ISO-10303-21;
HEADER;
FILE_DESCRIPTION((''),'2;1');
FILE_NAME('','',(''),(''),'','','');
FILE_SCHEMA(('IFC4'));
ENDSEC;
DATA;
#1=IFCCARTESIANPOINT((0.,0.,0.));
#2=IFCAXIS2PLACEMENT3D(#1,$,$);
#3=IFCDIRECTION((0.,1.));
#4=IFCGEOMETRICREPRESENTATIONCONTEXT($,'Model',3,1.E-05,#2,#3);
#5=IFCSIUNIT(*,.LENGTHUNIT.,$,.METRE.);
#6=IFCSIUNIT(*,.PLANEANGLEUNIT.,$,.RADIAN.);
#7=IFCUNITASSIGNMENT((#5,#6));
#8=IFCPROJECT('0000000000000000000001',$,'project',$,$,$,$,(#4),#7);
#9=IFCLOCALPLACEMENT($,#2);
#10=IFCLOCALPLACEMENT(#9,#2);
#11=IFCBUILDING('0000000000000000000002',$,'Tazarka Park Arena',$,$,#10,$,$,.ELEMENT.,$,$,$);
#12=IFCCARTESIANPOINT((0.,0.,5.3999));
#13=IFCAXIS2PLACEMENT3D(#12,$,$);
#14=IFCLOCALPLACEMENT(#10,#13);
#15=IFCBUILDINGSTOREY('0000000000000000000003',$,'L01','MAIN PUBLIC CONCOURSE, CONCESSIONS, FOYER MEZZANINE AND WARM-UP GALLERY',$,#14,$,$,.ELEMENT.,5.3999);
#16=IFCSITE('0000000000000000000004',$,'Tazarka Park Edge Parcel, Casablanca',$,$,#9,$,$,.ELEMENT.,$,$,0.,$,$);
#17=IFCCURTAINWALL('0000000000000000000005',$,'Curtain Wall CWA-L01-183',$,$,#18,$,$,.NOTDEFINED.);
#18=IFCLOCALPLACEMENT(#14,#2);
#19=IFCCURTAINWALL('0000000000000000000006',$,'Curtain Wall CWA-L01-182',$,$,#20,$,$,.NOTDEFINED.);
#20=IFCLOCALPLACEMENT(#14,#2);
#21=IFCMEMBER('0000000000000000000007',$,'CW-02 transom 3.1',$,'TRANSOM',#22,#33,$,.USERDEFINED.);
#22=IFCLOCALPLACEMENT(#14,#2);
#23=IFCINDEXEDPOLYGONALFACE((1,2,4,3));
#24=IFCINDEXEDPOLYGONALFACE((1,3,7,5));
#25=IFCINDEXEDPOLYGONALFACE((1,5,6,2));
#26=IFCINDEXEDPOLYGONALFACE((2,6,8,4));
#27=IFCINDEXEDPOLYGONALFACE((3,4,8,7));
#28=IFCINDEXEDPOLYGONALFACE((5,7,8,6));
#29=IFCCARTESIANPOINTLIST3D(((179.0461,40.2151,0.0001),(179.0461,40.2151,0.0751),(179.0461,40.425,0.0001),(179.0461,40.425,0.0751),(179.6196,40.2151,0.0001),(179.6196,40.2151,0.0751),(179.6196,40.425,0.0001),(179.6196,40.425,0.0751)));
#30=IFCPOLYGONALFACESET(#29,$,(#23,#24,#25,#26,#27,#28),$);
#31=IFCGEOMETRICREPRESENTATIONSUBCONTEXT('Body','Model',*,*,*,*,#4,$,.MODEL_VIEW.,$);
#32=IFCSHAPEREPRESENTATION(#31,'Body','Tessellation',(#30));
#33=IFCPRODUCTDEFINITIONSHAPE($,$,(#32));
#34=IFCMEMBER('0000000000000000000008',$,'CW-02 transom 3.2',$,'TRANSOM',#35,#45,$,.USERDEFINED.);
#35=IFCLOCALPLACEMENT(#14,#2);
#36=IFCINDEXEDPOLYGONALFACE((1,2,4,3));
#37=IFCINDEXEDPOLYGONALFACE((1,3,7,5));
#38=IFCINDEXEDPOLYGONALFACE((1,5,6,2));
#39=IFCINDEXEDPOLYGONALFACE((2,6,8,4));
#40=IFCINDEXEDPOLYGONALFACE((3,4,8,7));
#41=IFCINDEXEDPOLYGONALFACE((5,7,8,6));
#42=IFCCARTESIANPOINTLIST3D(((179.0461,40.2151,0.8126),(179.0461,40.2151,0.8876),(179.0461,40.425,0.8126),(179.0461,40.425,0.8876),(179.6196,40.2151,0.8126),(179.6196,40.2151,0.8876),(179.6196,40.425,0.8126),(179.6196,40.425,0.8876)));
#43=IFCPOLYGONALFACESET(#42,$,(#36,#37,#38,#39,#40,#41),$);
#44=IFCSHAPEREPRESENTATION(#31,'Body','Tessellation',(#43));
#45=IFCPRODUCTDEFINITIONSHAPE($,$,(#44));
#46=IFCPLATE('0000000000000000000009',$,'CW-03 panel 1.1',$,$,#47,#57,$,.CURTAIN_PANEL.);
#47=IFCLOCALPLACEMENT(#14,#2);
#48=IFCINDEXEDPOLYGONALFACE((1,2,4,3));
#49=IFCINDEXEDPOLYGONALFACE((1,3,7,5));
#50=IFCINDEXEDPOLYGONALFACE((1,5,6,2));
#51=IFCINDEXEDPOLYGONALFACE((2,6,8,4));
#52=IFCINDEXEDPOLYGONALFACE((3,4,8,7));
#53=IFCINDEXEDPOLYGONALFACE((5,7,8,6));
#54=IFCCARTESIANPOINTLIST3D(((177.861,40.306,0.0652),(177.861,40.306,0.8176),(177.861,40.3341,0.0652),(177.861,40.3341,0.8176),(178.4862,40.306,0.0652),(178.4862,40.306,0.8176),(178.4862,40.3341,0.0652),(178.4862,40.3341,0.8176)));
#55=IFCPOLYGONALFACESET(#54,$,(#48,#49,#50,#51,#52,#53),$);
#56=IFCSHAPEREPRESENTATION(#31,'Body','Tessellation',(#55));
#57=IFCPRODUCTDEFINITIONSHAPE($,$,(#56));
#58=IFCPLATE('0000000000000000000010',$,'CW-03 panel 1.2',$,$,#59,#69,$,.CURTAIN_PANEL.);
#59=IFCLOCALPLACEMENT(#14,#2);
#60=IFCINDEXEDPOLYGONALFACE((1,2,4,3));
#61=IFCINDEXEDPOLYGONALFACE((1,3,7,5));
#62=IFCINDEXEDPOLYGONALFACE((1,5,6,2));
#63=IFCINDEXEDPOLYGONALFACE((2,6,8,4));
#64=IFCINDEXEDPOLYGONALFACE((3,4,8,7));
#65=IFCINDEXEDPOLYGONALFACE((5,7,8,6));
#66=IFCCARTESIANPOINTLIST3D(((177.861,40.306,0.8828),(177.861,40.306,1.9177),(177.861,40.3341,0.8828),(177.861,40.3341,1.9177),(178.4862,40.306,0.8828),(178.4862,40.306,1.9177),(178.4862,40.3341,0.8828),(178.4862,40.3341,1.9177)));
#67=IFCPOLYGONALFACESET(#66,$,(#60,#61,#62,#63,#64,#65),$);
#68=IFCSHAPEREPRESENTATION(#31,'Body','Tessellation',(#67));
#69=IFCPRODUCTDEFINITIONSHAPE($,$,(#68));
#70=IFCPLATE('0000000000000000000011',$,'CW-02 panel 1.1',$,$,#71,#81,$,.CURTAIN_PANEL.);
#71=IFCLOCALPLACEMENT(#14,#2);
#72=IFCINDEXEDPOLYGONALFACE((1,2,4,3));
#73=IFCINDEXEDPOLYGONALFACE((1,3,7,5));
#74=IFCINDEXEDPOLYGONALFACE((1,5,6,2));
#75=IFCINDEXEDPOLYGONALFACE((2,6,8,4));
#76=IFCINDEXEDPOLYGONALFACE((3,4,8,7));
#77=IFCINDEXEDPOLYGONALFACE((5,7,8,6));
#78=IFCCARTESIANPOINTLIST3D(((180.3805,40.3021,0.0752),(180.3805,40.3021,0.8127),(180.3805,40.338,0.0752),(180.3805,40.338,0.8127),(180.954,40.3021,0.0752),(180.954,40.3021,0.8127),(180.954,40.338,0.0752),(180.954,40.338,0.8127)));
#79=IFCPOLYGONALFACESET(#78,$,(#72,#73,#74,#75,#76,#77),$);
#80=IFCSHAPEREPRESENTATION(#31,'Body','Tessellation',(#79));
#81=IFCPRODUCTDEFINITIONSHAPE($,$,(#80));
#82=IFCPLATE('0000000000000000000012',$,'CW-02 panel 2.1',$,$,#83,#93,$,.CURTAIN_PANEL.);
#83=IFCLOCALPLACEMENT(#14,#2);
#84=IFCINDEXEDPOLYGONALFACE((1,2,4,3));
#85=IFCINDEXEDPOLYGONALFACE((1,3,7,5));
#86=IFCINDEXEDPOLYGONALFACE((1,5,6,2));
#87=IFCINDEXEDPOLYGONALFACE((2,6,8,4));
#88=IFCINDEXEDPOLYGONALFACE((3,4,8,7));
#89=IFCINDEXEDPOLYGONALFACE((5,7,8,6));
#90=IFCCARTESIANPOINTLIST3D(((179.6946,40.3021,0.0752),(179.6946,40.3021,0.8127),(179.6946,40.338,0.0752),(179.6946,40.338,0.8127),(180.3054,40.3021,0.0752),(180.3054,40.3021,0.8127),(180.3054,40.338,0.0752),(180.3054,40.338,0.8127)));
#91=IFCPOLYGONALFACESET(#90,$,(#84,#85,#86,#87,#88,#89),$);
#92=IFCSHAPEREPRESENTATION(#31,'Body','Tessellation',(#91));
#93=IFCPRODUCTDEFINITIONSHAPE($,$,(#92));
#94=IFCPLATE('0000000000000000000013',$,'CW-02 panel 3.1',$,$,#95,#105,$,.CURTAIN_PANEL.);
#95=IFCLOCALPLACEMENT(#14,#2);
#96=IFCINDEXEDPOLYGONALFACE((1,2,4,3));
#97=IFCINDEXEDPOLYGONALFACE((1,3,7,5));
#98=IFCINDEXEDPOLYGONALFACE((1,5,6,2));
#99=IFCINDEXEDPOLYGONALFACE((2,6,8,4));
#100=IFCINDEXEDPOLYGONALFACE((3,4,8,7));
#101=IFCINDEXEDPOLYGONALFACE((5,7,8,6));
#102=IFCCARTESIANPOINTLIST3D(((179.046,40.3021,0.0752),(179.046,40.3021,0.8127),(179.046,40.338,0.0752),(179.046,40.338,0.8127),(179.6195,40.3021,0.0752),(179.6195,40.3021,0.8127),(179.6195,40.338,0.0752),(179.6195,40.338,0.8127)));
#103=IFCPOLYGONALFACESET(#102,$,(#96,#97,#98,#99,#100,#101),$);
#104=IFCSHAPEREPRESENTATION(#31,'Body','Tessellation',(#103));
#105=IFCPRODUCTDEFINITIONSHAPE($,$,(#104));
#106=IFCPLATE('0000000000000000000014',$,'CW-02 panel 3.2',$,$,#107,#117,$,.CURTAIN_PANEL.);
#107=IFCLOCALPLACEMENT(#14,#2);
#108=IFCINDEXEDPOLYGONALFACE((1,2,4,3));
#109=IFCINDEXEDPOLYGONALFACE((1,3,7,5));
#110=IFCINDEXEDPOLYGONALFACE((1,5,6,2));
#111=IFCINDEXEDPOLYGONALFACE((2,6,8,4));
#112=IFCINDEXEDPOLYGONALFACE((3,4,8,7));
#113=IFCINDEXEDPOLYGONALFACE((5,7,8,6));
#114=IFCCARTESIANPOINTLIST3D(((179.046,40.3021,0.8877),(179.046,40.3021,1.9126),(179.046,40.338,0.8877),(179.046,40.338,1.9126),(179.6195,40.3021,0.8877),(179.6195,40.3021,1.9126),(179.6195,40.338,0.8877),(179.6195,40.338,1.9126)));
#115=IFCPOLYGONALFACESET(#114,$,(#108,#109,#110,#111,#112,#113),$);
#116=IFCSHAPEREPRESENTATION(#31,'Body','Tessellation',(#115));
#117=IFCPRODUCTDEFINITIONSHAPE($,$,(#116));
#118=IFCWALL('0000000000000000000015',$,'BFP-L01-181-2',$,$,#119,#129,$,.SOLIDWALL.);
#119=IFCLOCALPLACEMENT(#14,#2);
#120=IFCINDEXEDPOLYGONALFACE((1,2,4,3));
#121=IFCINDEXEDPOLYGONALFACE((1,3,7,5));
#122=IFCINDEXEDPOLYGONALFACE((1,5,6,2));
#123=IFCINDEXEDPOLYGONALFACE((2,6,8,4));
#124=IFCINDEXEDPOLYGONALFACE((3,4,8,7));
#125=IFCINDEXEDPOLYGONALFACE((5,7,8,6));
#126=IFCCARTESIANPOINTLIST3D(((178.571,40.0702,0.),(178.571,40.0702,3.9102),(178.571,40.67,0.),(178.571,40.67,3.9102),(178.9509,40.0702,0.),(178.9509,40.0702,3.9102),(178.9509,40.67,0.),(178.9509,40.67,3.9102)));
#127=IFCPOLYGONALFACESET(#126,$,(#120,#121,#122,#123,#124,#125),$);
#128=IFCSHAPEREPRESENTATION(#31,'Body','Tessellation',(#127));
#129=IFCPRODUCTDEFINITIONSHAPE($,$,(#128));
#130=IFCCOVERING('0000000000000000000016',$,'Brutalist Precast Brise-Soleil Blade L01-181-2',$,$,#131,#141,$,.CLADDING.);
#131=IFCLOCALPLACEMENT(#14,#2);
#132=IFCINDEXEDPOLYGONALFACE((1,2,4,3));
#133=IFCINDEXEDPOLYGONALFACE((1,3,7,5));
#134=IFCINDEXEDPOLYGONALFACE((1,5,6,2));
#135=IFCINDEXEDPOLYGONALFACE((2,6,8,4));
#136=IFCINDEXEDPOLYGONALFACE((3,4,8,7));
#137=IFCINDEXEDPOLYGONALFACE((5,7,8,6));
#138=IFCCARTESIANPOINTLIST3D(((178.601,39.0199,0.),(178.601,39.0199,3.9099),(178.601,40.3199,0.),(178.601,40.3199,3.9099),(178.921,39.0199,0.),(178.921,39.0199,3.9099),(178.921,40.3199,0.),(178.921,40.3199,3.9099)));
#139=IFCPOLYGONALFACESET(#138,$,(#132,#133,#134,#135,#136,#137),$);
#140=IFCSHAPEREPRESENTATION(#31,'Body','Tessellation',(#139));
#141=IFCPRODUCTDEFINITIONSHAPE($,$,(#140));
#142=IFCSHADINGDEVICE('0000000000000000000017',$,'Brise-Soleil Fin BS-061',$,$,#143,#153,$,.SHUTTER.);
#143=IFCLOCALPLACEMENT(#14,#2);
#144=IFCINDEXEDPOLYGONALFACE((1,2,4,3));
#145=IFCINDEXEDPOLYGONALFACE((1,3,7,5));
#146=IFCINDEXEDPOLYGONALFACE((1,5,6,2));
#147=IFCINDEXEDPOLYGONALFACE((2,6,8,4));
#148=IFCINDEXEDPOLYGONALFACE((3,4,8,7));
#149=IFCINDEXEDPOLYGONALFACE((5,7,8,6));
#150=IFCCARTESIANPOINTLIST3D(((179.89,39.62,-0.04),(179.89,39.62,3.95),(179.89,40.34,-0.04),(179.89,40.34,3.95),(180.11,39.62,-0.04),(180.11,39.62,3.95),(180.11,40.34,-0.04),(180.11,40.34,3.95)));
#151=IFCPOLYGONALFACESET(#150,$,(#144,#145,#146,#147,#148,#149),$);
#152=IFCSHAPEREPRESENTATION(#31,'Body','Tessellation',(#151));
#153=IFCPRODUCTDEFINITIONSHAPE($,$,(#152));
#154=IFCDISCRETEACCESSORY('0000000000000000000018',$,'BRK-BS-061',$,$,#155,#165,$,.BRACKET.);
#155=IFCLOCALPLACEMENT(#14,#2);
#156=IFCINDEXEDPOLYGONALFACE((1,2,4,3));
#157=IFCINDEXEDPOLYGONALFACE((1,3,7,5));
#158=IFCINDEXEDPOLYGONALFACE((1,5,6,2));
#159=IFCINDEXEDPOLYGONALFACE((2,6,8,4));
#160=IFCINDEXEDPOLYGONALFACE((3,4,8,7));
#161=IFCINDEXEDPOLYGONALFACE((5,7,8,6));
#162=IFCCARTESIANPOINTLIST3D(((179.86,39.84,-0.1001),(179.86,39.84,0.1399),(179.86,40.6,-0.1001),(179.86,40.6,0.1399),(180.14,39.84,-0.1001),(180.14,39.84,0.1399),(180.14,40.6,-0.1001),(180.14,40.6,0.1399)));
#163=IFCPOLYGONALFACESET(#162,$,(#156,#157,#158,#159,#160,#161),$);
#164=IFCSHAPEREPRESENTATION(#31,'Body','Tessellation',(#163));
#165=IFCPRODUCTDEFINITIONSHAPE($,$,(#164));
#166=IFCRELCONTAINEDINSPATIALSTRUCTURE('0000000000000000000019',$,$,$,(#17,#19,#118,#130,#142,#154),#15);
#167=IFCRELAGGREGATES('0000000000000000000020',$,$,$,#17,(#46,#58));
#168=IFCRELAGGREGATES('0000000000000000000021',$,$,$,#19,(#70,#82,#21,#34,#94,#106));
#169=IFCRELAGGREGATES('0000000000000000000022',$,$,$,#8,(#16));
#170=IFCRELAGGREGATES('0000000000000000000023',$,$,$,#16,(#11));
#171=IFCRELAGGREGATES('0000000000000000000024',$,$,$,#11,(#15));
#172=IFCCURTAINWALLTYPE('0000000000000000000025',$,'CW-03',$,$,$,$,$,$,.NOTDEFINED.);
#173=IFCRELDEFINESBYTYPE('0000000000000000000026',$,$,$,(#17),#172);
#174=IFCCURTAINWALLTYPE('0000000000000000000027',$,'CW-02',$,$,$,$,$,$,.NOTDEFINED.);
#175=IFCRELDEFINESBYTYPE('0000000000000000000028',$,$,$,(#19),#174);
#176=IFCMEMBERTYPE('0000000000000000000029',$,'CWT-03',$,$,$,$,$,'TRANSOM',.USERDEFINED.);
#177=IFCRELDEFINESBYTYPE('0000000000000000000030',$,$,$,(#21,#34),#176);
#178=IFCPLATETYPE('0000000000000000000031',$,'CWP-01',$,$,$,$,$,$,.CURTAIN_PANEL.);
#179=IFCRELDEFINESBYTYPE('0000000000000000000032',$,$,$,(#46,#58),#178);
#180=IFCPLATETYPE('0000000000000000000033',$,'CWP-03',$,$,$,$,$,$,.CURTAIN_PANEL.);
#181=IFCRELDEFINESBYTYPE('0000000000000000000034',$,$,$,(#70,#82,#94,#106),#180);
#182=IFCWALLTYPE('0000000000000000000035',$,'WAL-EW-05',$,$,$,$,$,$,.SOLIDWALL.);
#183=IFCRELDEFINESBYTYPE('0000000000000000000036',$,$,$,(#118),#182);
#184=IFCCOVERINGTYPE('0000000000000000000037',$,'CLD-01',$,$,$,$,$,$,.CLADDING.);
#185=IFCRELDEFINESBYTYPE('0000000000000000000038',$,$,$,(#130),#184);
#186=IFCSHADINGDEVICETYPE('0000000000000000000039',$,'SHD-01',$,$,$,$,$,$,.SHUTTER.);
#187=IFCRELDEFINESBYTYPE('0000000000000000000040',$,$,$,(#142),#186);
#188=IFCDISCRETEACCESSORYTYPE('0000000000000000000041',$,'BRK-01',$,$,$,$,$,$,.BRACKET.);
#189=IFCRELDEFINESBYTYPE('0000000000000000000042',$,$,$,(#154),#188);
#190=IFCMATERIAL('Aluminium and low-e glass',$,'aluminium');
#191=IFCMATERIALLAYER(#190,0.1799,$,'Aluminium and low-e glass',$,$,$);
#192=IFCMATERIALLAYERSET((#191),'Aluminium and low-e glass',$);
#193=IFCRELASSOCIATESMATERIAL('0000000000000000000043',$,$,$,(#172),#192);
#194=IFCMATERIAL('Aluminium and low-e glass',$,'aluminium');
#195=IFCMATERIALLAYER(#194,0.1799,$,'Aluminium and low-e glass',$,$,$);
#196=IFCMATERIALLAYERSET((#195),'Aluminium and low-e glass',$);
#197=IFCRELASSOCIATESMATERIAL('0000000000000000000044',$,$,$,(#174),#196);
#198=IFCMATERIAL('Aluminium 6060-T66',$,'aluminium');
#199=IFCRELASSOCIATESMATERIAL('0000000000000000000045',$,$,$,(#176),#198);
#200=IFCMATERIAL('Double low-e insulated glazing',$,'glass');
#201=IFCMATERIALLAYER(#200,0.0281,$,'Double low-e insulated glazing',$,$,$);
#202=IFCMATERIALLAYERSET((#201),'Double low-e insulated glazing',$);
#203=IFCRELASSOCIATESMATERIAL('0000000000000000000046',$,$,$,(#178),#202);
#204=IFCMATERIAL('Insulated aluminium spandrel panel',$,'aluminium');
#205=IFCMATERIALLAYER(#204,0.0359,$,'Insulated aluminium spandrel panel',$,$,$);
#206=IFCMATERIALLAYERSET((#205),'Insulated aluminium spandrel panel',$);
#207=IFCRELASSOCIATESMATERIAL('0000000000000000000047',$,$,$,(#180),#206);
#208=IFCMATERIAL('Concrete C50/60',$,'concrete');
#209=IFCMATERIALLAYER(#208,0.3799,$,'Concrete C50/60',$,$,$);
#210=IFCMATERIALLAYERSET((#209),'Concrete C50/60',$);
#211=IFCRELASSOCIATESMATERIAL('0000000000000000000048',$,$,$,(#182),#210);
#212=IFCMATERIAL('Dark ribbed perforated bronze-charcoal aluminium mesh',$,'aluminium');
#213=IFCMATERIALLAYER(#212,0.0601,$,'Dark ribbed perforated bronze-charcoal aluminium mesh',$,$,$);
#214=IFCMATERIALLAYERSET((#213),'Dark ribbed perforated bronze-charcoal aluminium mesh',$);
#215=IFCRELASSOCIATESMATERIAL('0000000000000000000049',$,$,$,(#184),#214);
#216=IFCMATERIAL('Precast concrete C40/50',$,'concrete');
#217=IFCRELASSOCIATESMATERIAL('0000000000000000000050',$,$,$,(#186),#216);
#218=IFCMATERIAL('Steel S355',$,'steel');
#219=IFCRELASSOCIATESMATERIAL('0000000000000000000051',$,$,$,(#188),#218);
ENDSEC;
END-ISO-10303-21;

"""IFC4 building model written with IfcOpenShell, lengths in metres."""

from ifc_helpers import new_model, si_unit, direction, frame, frame_2d, origin, origin_2d, place, context, subcontext, project, spatial, rectangle, extrude, material, layer, layer_set, material_profile, profile_set, type_object, element, aggregate, save


model = new_model("IFC4")

# Units and contexts
model_context = context("Model", 3, precision=1e-05, world=origin(), true_north=direction((0.0, 1.0)))
body_context = subcontext(model_context, "Body", "Model", "MODEL_VIEW")
ifc_project = project(units=[si_unit("LENGTHUNIT", "METRE"), si_unit("PLANEANGLEUNIT", "RADIAN")], contexts=[model_context])

# Site, building, storey
site_placement = place(None, origin())
site = spatial("IfcSite", under=ifc_project, at=site_placement, Name="Tazarka Park Edge Parcel, Casablanca", CompositionType="ELEMENT", RefElevation=0.0)
building_placement = place(site_placement, origin())
building = spatial("IfcBuilding", under=site, at=building_placement, Name="Tazarka Park Arena", CompositionType="ELEMENT")
storey_placement = place(building_placement, frame((0.0, 0.0, 5.3999)))
storey = spatial("IfcBuildingStorey", under=building, at=storey_placement, Name="L01", Description="MAIN PUBLIC CONCOURSE, CONCESSIONS, FOYER MEZZANINE AND WARM-UP GALLERY", CompositionType="ELEMENT", Elevation=5.3999)

# Curtain walls
ifc_material_1 = material(Name="Aluminium and low-e glass", Category="aluminium")
ifc_layer_1 = layer(ifc_material_1, 0.1799, Name="Aluminium and low-e glass")
ifc_layer_set_1 = layer_set([ifc_layer_1], Name="Aluminium and low-e glass")
curtain_wall_type_1 = type_object("IfcCurtainWallType", Name="CW-03", PredefinedType="NOTDEFINED", material=ifc_layer_set_1)
curtain_wall_1_placement = place(storey_placement, origin())
curtain_wall_1 = element("IfcCurtainWall", 1, at=curtain_wall_1_placement, inside=storey, type_object=curtain_wall_type_1, Name="Curtain Wall CWA-L01-183", PredefinedType="NOTDEFINED")
ifc_material_2 = material(Name="Aluminium and low-e glass", Category="aluminium")
ifc_layer_2 = layer(ifc_material_2, 0.1799, Name="Aluminium and low-e glass")
ifc_layer_set_2 = layer_set([ifc_layer_2], Name="Aluminium and low-e glass")
curtain_wall_type_2 = type_object("IfcCurtainWallType", Name="CW-02", PredefinedType="NOTDEFINED", material=ifc_layer_set_2)
curtain_wall_2_placement = place(storey_placement, origin())
curtain_wall_2 = element("IfcCurtainWall", 2, at=curtain_wall_2_placement, inside=storey, type_object=curtain_wall_type_2, Name="Curtain Wall CWA-L01-182", PredefinedType="NOTDEFINED")

# Members
ifc_material_3 = material(Name="Aluminium 6060-T66", Category="aluminium")
ifc_material_profile_1 = material_profile(ifc_material_3, rectangle(XDim=0.21, YDim=0.075, at=origin_2d()), Name="Aluminium 6060-T66")
ifc_profile_set_1 = profile_set([ifc_material_profile_1], Name="Aluminium 6060-T66")
member_type_1 = type_object("IfcMemberType", Name="CWT-03", ElementType="TRANSOM", PredefinedType="USERDEFINED", material=ifc_profile_set_1)
member_1_placement = place(storey_placement, frame((179.6196, 40.3201, 0.0376), z_axis=(-1.0, 0.0, 0.0), x_axis=(0.0, -1.0, 0.0)))
member_1 = element("IfcMember", 3, at=member_1_placement, type_object=member_type_1, Name="CW-02 transom 3.1", ObjectType="TRANSOM", PredefinedType="USERDEFINED", context=body_context, shape_type="SweptSolid", body=[
    extrude(rectangle(XDim=0.21, YDim=0.075, at=origin_2d()), origin(), (0.0, 0.0, 1.0), 0.5735),
])
member_2_placement = place(storey_placement, frame((179.6196, 40.3201, 0.8501), z_axis=(-1.0, 0.0, 0.0), x_axis=(0.0, -1.0, 0.0)))
member_2 = element("IfcMember", 4, at=member_2_placement, type_object=member_type_1, Name="CW-02 transom 3.2", ObjectType="TRANSOM", PredefinedType="USERDEFINED", context=body_context, shape_type="SweptSolid", body=[
    extrude(rectangle(XDim=0.21, YDim=0.075, at=origin_2d()), origin(), (0.0, 0.0, 1.0), 0.5735),
])

# Plates
ifc_material_4 = material(Name="Double low-e insulated glazing", Category="glass")
ifc_layer_3 = layer(ifc_material_4, 0.0281, Name="Double low-e insulated glazing")
ifc_layer_set_3 = layer_set([ifc_layer_3], Name="Double low-e insulated glazing")
plate_type_1 = type_object("IfcPlateType", Name="CWP-01", PredefinedType="CURTAIN_PANEL", material=ifc_layer_set_3)
plate_1_placement = place(storey_placement, frame((178.1736, 40.3201, 0.0652), z_axis=(0.0, 0.0, 1.0), x_axis=(-1.0, 0.0, 0.0)))
plate_1 = element("IfcPlate", 5, at=plate_1_placement, type_object=plate_type_1, Name="CW-03 panel 1.1", PredefinedType="CURTAIN_PANEL", context=body_context, shape_type="SweptSolid", body=[
    extrude(rectangle(XDim=0.6252, YDim=0.0281, at=origin_2d()), origin(), (0.0, 0.0, 1.0), 0.7524),
])
plate_2_placement = place(storey_placement, frame((178.1736, 40.3201, 0.8828), z_axis=(0.0, 0.0, 1.0), x_axis=(-1.0, 0.0, 0.0)))
plate_2 = element("IfcPlate", 6, at=plate_2_placement, type_object=plate_type_1, Name="CW-03 panel 1.2", PredefinedType="CURTAIN_PANEL", context=body_context, shape_type="SweptSolid", body=[
    extrude(rectangle(XDim=0.6252, YDim=0.0281, at=origin_2d()), origin(), (0.0, 0.0, 1.0), 1.0349),
])
aggregate(curtain_wall_1, [plate_1, plate_2])
ifc_material_5 = material(Name="Insulated aluminium spandrel panel", Category="aluminium")
ifc_layer_4 = layer(ifc_material_5, 0.0359, Name="Insulated aluminium spandrel panel")
ifc_layer_set_4 = layer_set([ifc_layer_4], Name="Insulated aluminium spandrel panel")
plate_type_2 = type_object("IfcPlateType", Name="CWP-03", PredefinedType="CURTAIN_PANEL", material=ifc_layer_set_4)
plate_3_placement = place(storey_placement, frame((180.6672, 40.3201, 0.0752), z_axis=(0.0, 0.0, 1.0), x_axis=(-1.0, 0.0, 0.0)))
plate_3 = element("IfcPlate", 7, at=plate_3_placement, type_object=plate_type_2, Name="CW-02 panel 1.1", PredefinedType="CURTAIN_PANEL", context=body_context, shape_type="SweptSolid", body=[
    extrude(rectangle(XDim=0.5735, YDim=0.0359, at=origin_2d()), origin(), (0.0, 0.0, 1.0), 0.7375),
])
plate_4_placement = place(storey_placement, frame((180.0, 40.3201, 0.0752), z_axis=(0.0, 0.0, 1.0), x_axis=(-1.0, 0.0, 0.0)))
plate_4 = element("IfcPlate", 8, at=plate_4_placement, type_object=plate_type_2, Name="CW-02 panel 2.1", PredefinedType="CURTAIN_PANEL", context=body_context, shape_type="SweptSolid", body=[
    extrude(rectangle(XDim=0.6108, YDim=0.0359, at=origin_2d()), origin(), (0.0, 0.0, 1.0), 0.7375),
])
plate_5_placement = place(storey_placement, frame((179.3328, 40.3201, 0.0752), z_axis=(0.0, 0.0, 1.0), x_axis=(-1.0, 0.0, 0.0)))
plate_5 = element("IfcPlate", 9, at=plate_5_placement, type_object=plate_type_2, Name="CW-02 panel 3.1", PredefinedType="CURTAIN_PANEL", context=body_context, shape_type="SweptSolid", body=[
    extrude(rectangle(XDim=0.5735, YDim=0.0359, at=origin_2d()), origin(), (0.0, 0.0, 1.0), 0.7375),
])
plate_6_placement = place(storey_placement, frame((179.3328, 40.3201, 0.8877), z_axis=(0.0, 0.0, 1.0), x_axis=(-1.0, 0.0, 0.0)))
plate_6 = element("IfcPlate", 10, at=plate_6_placement, type_object=plate_type_2, Name="CW-02 panel 3.2", PredefinedType="CURTAIN_PANEL", context=body_context, shape_type="SweptSolid", body=[
    extrude(rectangle(XDim=0.5735, YDim=0.0359, at=origin_2d()), origin(), (0.0, 0.0, 1.0), 1.0249),
])
aggregate(curtain_wall_2, [plate_3, plate_4, member_1, member_2, plate_5, plate_6])

# Wall
ifc_material_6 = material(Name="Concrete C50/60", Category="concrete")
ifc_layer_5 = layer(ifc_material_6, 0.3799, Name="Concrete C50/60")
ifc_layer_set_5 = layer_set([ifc_layer_5], Name="Concrete C50/60")
wall_type = type_object("IfcWallType", Name="WAL-EW-05", PredefinedType="SOLIDWALL", material=ifc_layer_set_5)
wall_placement = place(storey_placement, frame((178.761, 40.6699, 0.0), z_axis=(0.0, 0.0, 1.0), x_axis=(0.0, -1.0, 0.0)))
element("IfcWall", 11, at=wall_placement, inside=storey, type_object=wall_type, Name="BFP-L01-181-2", PredefinedType="SOLIDWALL", context=body_context, shape_type="SweptSolid", body=[
    extrude(rectangle(XDim=0.5999, YDim=0.3799, at=frame_2d((0.2998, 0.0))), origin(), (0.0, 0.0, 1.0), 3.9102),
])

# Covering
ifc_material_7 = material(Name="Dark ribbed perforated bronze-charcoal aluminium mesh", Category="aluminium")
ifc_layer_6 = layer(ifc_material_7, 0.0601, Name="Dark ribbed perforated bronze-charcoal aluminium mesh")
ifc_layer_set_6 = layer_set([ifc_layer_6], Name="Dark ribbed perforated bronze-charcoal aluminium mesh")
covering_type = type_object("IfcCoveringType", Name="CLD-01", PredefinedType="CLADDING", material=ifc_layer_set_6)
covering_placement = place(storey_placement, frame((178.761, 39.6699, 0.0), z_axis=(0.0, 0.0, 1.0), x_axis=(-1.0, 0.0, 0.0)))
element("IfcCovering", 12, at=covering_placement, inside=storey, type_object=covering_type, Name="Brutalist Precast Brise-Soleil Blade L01-181-2", PredefinedType="CLADDING", context=body_context, shape_type="SweptSolid", body=[
    extrude(rectangle(XDim=0.3201, YDim=1.3, at=origin_2d()), origin(), (0.0, 0.0, 1.0), 3.9099),
])

# Shading device
ifc_material_8 = material(Name="Precast concrete C40/50", Category="concrete")
shading_device_type = type_object("IfcShadingDeviceType", Name="SHD-01", PredefinedType="SHUTTER", material=ifc_material_8)
shading_device_placement = place(storey_placement, frame((180.0, 39.98, -0.04), z_axis=(0.0, 0.0, 1.0), x_axis=(-1.0, 0.0, 0.0)))
element("IfcShadingDevice", 13, at=shading_device_placement, inside=storey, type_object=shading_device_type, Name="Brise-Soleil Fin BS-061", PredefinedType="SHUTTER", context=body_context, shape_type="SweptSolid", body=[
    extrude(rectangle(XDim=0.22, YDim=0.72, at=origin_2d()), origin(), (0.0, 0.0, 1.0), 3.99),
])

# Discrete accessory
ifc_material_9 = material(Name="Steel S355", Category="steel")
discrete_accessory_type = type_object("IfcDiscreteAccessoryType", Name="BRK-01", PredefinedType="BRACKET", material=ifc_material_9)
discrete_accessory_placement = place(storey_placement, frame((180.0, 40.22, -0.1001), z_axis=(0.0, 0.0, 1.0), x_axis=(-1.0, 0.0, 0.0)))
element("IfcDiscreteAccessory", 14, at=discrete_accessory_placement, inside=storey, type_object=discrete_accessory_type, Name="BRK-BS-061", PredefinedType="BRACKET", context=body_context, shape_type="SweptSolid", body=[
    extrude(rectangle(XDim=0.28, YDim=0.76, at=origin_2d()), origin(), (0.0, 0.0, 1.0), 0.24),
])

save(model, "model.ifc")
